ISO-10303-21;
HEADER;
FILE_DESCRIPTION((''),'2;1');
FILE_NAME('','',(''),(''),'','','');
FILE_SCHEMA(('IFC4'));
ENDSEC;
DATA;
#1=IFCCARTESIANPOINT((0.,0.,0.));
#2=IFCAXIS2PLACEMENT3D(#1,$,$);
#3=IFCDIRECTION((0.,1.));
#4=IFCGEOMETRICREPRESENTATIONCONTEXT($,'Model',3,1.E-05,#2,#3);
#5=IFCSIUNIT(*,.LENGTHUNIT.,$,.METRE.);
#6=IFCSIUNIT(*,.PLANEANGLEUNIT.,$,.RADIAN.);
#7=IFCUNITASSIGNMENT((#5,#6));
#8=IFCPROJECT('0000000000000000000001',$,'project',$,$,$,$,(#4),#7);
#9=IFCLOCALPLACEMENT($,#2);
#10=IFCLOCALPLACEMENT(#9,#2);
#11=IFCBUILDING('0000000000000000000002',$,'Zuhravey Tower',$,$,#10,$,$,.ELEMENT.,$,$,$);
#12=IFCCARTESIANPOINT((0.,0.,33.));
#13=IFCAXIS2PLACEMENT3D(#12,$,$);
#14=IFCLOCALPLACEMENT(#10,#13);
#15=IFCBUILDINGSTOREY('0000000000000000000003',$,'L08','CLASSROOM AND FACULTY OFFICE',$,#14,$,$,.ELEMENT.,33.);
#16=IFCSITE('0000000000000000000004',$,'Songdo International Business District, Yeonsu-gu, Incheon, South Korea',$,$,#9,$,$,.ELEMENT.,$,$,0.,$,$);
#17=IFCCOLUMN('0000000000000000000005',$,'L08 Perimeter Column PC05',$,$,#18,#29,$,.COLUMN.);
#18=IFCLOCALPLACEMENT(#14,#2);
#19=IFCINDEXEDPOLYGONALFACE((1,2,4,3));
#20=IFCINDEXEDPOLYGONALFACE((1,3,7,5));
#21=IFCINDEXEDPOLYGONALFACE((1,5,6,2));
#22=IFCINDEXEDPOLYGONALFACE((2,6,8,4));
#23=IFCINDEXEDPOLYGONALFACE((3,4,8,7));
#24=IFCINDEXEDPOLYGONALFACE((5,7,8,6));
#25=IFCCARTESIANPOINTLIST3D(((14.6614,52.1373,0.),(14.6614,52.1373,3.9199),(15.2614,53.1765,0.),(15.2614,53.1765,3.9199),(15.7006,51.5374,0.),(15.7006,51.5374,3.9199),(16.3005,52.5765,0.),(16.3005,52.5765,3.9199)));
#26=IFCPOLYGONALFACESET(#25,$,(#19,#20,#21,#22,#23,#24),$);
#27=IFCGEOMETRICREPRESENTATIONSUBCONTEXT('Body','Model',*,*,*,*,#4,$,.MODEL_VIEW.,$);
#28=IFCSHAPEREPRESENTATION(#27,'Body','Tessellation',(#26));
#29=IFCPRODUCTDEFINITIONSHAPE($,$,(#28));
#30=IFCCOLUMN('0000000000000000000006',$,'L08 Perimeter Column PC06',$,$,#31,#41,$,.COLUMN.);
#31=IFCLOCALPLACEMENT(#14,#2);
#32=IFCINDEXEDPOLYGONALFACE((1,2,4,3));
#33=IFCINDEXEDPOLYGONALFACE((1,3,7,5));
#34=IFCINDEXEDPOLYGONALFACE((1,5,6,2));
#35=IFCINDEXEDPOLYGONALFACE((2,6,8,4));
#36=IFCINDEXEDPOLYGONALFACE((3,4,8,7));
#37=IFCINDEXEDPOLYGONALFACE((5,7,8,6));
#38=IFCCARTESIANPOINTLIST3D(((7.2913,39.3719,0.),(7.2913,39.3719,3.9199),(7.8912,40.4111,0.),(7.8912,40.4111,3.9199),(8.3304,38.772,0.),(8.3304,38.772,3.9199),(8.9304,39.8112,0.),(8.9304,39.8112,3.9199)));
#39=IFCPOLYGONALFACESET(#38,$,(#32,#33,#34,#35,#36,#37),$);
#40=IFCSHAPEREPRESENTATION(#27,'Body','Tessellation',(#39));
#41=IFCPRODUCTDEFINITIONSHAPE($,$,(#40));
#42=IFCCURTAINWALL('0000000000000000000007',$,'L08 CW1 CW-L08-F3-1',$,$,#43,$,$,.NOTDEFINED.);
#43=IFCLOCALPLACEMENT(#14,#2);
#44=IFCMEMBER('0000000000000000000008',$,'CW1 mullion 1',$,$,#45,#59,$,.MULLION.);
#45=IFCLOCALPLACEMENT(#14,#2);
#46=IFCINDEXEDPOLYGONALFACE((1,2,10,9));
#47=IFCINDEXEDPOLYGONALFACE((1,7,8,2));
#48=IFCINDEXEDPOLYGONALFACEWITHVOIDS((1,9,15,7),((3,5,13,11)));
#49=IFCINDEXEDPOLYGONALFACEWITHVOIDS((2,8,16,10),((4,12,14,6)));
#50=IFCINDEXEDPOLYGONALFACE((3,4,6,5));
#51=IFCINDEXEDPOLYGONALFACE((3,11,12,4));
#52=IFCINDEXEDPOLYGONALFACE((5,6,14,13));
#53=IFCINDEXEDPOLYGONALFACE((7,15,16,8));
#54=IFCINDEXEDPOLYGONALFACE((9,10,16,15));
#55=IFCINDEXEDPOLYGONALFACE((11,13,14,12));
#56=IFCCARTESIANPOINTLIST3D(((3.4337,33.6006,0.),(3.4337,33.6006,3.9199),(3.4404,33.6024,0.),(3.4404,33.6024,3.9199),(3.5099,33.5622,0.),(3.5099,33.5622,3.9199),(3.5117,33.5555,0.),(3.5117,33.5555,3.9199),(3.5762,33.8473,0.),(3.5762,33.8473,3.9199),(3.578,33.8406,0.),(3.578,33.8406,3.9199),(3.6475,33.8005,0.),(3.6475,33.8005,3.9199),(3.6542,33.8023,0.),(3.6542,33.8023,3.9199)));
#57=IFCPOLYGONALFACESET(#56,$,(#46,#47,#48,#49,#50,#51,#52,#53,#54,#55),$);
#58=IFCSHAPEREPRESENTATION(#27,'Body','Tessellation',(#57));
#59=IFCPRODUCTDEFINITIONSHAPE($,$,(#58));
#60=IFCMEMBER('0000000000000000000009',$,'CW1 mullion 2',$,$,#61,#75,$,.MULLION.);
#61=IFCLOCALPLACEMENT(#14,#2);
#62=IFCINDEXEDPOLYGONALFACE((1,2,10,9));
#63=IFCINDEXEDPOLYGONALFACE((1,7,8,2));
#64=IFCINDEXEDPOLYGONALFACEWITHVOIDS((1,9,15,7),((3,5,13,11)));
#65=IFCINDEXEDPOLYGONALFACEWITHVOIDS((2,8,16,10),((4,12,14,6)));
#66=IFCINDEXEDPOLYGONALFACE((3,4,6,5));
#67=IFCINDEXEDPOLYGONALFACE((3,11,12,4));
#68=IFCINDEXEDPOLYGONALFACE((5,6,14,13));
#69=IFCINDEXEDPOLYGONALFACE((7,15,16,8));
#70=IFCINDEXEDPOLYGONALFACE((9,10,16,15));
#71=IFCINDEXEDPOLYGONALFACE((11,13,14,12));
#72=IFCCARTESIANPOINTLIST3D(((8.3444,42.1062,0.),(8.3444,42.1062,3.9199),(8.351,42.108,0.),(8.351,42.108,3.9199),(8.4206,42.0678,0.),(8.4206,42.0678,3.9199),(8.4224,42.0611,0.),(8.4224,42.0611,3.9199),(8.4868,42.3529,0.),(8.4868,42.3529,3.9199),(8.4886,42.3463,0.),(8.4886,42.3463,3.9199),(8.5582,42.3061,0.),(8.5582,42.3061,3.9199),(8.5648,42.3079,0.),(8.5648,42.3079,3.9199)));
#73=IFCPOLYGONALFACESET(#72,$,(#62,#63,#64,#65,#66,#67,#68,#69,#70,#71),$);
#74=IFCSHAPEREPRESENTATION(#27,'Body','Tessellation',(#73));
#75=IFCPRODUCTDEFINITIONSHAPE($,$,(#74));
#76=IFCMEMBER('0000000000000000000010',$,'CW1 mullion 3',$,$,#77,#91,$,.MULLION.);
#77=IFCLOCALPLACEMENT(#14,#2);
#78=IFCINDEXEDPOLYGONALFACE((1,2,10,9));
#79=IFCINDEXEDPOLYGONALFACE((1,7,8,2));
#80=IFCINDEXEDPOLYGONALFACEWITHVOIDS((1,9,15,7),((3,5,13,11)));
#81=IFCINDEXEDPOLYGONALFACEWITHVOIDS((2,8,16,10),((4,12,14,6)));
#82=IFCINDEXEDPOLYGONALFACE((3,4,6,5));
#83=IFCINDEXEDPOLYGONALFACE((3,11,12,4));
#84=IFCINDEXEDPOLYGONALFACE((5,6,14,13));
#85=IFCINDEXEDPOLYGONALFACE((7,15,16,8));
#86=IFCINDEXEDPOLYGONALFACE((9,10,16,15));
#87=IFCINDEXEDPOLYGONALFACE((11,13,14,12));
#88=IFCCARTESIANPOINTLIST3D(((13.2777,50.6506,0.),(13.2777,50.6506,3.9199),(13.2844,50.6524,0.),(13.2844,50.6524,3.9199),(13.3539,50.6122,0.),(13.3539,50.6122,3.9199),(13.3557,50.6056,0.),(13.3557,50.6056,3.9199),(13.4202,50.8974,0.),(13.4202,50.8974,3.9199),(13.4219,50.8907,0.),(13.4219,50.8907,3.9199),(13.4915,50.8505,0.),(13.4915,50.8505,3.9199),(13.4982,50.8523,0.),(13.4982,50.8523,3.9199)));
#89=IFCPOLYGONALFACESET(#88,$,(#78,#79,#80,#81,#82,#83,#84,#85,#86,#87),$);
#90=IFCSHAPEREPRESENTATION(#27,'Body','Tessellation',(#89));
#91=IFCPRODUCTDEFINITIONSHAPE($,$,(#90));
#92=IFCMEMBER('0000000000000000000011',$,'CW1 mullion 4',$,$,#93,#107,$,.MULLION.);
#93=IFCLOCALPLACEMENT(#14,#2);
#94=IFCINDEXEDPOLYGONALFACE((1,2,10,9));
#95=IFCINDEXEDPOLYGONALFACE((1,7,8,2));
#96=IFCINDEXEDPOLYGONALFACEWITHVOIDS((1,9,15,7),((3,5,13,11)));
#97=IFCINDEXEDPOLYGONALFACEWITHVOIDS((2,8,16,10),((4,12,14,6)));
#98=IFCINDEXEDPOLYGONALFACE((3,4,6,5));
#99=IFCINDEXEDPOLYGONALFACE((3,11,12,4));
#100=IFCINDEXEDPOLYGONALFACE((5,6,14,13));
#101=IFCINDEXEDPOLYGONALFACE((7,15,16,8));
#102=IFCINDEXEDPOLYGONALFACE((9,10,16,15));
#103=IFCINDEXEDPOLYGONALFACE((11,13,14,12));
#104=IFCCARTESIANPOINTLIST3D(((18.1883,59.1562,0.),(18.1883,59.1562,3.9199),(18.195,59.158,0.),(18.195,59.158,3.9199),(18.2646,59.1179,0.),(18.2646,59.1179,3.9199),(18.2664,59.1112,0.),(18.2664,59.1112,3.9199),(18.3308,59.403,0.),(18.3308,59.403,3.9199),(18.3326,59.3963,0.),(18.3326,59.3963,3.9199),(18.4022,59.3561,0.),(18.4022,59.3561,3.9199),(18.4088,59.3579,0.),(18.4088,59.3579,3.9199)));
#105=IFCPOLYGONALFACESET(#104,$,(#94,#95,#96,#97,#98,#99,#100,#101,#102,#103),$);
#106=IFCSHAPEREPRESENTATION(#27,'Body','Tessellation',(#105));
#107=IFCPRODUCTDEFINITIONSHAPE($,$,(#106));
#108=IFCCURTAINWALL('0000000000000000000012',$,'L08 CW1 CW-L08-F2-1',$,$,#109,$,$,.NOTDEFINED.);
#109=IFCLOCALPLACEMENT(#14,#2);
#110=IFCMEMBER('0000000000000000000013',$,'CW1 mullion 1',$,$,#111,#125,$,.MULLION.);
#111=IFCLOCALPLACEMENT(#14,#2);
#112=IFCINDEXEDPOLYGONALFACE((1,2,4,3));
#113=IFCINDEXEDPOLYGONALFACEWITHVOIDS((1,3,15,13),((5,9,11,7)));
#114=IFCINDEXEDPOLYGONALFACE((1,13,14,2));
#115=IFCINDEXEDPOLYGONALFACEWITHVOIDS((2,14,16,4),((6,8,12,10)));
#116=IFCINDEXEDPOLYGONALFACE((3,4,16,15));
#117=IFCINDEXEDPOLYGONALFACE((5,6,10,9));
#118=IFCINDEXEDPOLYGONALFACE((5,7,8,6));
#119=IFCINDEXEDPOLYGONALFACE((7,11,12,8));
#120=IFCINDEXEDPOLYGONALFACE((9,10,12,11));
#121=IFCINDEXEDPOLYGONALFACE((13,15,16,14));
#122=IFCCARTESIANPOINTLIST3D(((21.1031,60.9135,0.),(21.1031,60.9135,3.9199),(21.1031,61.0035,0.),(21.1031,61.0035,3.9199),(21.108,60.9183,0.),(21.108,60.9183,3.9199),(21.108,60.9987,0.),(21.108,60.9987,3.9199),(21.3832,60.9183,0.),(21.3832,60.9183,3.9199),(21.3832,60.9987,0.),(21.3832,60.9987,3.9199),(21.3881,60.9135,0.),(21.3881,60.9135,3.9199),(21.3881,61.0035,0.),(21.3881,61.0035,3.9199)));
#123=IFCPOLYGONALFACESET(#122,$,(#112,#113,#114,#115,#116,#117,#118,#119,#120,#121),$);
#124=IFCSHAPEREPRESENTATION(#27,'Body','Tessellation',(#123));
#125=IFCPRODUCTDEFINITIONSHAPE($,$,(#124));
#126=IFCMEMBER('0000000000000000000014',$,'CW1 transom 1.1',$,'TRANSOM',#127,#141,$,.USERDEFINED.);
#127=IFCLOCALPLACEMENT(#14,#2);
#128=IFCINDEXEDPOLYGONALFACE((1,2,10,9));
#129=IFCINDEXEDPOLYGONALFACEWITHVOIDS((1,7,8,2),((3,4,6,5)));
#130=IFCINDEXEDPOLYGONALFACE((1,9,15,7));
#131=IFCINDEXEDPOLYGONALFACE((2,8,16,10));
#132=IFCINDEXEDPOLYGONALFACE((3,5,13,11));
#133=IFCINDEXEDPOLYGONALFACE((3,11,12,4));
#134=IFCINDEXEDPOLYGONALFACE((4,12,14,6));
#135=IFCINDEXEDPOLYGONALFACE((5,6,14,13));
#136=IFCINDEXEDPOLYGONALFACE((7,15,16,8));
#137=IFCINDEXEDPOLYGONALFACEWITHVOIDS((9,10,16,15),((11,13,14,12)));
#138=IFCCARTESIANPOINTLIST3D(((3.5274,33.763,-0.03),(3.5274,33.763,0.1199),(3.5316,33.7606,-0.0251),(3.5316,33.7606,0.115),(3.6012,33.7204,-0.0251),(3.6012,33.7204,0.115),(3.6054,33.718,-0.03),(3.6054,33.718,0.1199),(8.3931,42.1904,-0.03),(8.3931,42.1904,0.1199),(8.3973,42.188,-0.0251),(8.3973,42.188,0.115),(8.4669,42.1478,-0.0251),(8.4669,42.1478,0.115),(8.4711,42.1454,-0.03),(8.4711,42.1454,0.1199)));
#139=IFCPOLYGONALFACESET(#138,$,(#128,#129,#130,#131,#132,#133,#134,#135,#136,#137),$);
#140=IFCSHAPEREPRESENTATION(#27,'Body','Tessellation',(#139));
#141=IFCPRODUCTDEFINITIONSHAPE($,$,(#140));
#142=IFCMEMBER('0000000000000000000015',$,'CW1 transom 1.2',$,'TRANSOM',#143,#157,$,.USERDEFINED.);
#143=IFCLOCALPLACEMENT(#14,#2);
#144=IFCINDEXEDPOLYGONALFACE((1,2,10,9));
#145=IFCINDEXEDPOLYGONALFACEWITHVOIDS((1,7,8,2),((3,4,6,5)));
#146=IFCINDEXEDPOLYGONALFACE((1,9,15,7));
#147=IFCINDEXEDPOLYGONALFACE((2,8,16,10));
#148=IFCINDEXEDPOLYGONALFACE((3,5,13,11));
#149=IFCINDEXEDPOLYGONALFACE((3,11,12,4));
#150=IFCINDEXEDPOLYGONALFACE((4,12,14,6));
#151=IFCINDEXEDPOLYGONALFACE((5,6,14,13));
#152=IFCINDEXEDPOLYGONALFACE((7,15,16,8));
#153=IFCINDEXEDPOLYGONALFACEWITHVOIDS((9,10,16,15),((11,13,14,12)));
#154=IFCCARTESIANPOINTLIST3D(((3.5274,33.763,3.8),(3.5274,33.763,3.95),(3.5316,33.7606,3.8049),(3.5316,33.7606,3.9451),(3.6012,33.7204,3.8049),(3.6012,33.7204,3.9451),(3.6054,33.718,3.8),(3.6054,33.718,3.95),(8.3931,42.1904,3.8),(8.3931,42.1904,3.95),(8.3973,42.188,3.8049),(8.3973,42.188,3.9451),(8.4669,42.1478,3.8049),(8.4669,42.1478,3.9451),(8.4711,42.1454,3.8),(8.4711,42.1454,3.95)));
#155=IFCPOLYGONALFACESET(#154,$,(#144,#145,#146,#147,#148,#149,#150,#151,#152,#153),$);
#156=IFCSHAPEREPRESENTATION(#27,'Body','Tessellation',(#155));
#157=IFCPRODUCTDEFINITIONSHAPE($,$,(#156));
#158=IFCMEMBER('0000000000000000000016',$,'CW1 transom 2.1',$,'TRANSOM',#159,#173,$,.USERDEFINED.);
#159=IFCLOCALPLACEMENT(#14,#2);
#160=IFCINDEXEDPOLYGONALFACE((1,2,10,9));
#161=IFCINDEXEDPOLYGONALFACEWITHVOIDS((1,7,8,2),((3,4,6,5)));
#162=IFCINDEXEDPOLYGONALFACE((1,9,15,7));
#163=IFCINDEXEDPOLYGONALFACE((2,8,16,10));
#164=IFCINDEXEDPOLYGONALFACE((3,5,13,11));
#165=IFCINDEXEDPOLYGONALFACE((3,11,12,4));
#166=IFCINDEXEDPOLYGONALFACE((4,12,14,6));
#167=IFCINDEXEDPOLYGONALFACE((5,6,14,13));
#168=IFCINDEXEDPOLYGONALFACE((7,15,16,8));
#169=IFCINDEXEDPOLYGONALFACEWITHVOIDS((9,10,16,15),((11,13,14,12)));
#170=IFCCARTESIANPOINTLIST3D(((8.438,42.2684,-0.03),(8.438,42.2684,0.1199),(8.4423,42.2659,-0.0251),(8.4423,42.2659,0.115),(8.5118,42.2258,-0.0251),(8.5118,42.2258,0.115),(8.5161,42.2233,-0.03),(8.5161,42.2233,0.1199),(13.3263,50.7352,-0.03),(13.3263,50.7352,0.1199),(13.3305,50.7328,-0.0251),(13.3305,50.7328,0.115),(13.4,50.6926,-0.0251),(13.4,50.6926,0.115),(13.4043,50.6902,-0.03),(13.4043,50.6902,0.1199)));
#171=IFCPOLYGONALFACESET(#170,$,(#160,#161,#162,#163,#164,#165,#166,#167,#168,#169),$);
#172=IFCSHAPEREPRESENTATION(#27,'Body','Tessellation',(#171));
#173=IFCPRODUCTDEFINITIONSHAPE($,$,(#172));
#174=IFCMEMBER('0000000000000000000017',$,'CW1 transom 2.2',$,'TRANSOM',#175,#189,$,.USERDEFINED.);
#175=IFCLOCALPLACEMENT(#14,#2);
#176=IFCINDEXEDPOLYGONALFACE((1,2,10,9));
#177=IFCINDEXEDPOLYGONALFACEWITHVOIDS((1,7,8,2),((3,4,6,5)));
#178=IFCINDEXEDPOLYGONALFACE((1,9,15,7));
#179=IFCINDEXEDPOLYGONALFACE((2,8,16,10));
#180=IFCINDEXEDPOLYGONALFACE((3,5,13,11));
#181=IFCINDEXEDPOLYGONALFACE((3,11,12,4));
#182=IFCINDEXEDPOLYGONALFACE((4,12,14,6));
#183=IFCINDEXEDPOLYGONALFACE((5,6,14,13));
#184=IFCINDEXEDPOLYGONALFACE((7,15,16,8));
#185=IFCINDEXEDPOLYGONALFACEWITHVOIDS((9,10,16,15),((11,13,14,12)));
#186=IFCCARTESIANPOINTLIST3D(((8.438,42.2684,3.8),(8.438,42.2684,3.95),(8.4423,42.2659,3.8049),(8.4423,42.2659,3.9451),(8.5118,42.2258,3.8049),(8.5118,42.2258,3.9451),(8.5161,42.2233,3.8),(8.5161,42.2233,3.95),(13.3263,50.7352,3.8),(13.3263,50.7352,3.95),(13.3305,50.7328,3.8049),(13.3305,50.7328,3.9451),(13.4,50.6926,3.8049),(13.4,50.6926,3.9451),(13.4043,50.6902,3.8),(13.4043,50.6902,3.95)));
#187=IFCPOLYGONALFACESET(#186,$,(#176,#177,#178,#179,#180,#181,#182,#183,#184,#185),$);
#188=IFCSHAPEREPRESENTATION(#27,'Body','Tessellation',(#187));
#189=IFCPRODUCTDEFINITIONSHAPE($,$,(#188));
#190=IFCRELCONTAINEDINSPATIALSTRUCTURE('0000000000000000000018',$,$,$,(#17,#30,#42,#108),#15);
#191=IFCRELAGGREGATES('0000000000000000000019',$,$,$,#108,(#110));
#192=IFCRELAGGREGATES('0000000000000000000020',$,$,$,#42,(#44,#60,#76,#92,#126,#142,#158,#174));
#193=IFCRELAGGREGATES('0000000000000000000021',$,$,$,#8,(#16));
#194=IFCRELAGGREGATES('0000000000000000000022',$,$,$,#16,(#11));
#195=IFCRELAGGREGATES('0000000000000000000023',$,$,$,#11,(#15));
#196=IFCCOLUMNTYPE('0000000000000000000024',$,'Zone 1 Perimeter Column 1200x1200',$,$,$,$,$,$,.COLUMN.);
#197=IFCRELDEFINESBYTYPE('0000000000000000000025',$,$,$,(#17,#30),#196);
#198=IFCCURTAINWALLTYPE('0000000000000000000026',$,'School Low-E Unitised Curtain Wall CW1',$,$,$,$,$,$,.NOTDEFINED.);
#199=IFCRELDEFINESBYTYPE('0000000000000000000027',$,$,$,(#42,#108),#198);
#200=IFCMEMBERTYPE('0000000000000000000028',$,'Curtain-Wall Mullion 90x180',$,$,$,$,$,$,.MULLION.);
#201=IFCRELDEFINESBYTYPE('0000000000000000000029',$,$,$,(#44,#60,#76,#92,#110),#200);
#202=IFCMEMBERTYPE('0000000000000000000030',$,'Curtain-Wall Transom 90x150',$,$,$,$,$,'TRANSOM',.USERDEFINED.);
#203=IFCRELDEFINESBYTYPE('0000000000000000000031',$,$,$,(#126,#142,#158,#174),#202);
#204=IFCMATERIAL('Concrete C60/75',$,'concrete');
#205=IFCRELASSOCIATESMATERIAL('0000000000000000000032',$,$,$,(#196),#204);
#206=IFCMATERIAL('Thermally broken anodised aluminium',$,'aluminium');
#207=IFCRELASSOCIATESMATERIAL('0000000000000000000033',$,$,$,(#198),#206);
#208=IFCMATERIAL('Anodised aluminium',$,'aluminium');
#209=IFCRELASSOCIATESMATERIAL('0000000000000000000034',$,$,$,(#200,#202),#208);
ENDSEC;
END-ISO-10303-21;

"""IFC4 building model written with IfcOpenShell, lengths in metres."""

from ifc_helpers import new_model, si_unit, direction, frame, origin, origin_2d, place, context, subcontext, project, spatial, rectangle, hollow_rectangle, extrude, material, material_profile, profile_set, type_object, element, aggregate, save


model = new_model("IFC4")

# Units and contexts
model_context = context("Model", 3, precision=1e-05, world=origin(), true_north=direction((0.0, 1.0)))
body_context = subcontext(model_context, "Body", "Model", "MODEL_VIEW")
ifc_project = project(units=[si_unit("LENGTHUNIT", "METRE"), si_unit("PLANEANGLEUNIT", "RADIAN")], contexts=[model_context])

# Site, building, storey
site_placement = place(None, origin())
site = spatial("IfcSite", under=ifc_project, at=site_placement, Name="Songdo International Business District, Yeonsu-gu, Incheon, South Korea", CompositionType="ELEMENT", RefElevation=0.0)
building_placement = place(site_placement, origin())
building = spatial("IfcBuilding", under=site, at=building_placement, Name="Zuhravey Tower", CompositionType="ELEMENT")
storey_placement = place(building_placement, frame((0.0, 0.0, 33.0)))
storey = spatial("IfcBuildingStorey", under=building, at=storey_placement, Name="L08", Description="CLASSROOM AND FACULTY OFFICE", CompositionType="ELEMENT", Elevation=33.0)

# Columns
ifc_material_1 = material(Name="Concrete C60/75", Category="concrete")
ifc_material_profile_1 = material_profile(ifc_material_1, rectangle(XDim=1.2, YDim=1.2, at=origin_2d()), Name="RC-1200x1200")
ifc_profile_set_1 = profile_set([ifc_material_profile_1], Name="Concrete C60/75")
column_type = type_object("IfcColumnType", Name="Zone 1 Perimeter Column 1200x1200", PredefinedType="COLUMN", material=ifc_profile_set_1)
for number, where, z_axis, x_axis, name in (
    (1, (15.481, 52.3569, 0.0), (0.0, 0.0, 1.0), (-0.5, -0.866025, 0.0), "L08 Perimeter Column PC05"),
    (2, (8.1108, 39.5916, 0.0), (0.0, 0.0, 1.0), (-0.5, -0.866025, 0.0), "L08 Perimeter Column PC06"),
):
    element("IfcColumn", number, at=place(storey_placement, frame(where, z_axis=z_axis, x_axis=x_axis)), inside=storey, type_object=column_type, Name=name, PredefinedType="COLUMN", context=body_context, shape_type="SweptSolid", body=[
        extrude(rectangle(XDim=1.2, YDim=1.2, at=origin_2d()), origin(), (0.0, 0.0, 1.0), 3.9199),
    ])

# Curtain wall, members
ifc_material_2 = material(Name="Thermally broken anodised aluminium", Category="aluminium")
curtain_wall_type = type_object("IfcCurtainWallType", Name="School Low-E Unitised Curtain Wall CW1", PredefinedType="NOTDEFINED", material=ifc_material_2)
curtain_wall_1_placement = place(storey_placement, origin())
curtain_wall_1 = element("IfcCurtainWall", 3, at=curtain_wall_1_placement, inside=storey, type_object=curtain_wall_type, Name="L08 CW1 CW-L08-F3-1", PredefinedType="NOTDEFINED")
ifc_material_3 = material(Name="Anodised aluminium", Category="aluminium")
ifc_material_profile_2 = material_profile(ifc_material_3, hollow_rectangle(XDim=0.0901, YDim=0.2849, WallThickness=0.0049, at=origin_2d()), Name="ALU-RHS-90x285x5")
ifc_profile_set_2 = profile_set([ifc_material_profile_2], Name="Anodised aluminium")
member_type_1 = type_object("IfcMemberType", Name="Curtain-Wall Mullion 90x180", PredefinedType="MULLION", material=ifc_profile_set_2)
member_1_placement = place(storey_placement, frame((3.5439, 33.7014, 0.0), z_axis=(0.0, 0.0, 1.0), x_axis=(-0.866026, 0.5, 0.0)))
member_1 = element("IfcMember", 4, at=member_1_placement, type_object=member_type_1, Name="CW1 mullion 1", PredefinedType="MULLION", context=body_context, shape_type="SweptSolid", body=[
    extrude(hollow_rectangle(XDim=0.0901, YDim=0.2849, WallThickness=0.0049, at=origin_2d()), origin(), (0.0, 0.0, 1.0), 3.9199),
])
member_2_placement = place(storey_placement, frame((8.4546, 42.207, 0.0), z_axis=(0.0, 0.0, 1.0), x_axis=(-0.866026, 0.5, 0.0)))
member_2 = element("IfcMember", 5, at=member_2_placement, type_object=member_type_1, Name="CW1 mullion 2", PredefinedType="MULLION", context=body_context, shape_type="SweptSolid", body=[
    extrude(hollow_rectangle(XDim=0.0901, YDim=0.2849, WallThickness=0.0049, at=origin_2d()), origin(), (0.0, 0.0, 1.0), 3.9199),
])
member_3_placement = place(storey_placement, frame((13.3879, 50.7515, 0.0), z_axis=(0.0, 0.0, 1.0), x_axis=(-0.866026, 0.5, 0.0)))
member_3 = element("IfcMember", 6, at=member_3_placement, type_object=member_type_1, Name="CW1 mullion 3", PredefinedType="MULLION", context=body_context, shape_type="SweptSolid", body=[
    extrude(hollow_rectangle(XDim=0.0901, YDim=0.2849, WallThickness=0.0049, at=origin_2d()), origin(), (0.0, 0.0, 1.0), 3.9199),
])
member_4_placement = place(storey_placement, frame((18.2986, 59.2571, 0.0), z_axis=(0.0, 0.0, 1.0), x_axis=(-0.866026, 0.5, 0.0)))
member_4 = element("IfcMember", 7, at=member_4_placement, type_object=member_type_1, Name="CW1 mullion 4", PredefinedType="MULLION", context=body_context, shape_type="SweptSolid", body=[
    extrude(hollow_rectangle(XDim=0.0901, YDim=0.2849, WallThickness=0.0049, at=origin_2d()), origin(), (0.0, 0.0, 1.0), 3.9199),
])

# Curtain wall, member
curtain_wall_2_placement = place(storey_placement, origin())
curtain_wall_2 = element("IfcCurtainWall", 8, at=curtain_wall_2_placement, inside=storey, type_object=curtain_wall_type, Name="L08 CW1 CW-L08-F2-1", PredefinedType="NOTDEFINED")
member_5_placement = place(storey_placement, frame((21.2456, 60.9585, 0.0), z_axis=(0.0, 0.0, 1.0), x_axis=(0.0, 1.0, 0.0)))
member_5 = element("IfcMember", 9, at=member_5_placement, type_object=member_type_1, Name="CW1 mullion 1", PredefinedType="MULLION", context=body_context, shape_type="SweptSolid", body=[
    extrude(hollow_rectangle(XDim=0.0901, YDim=0.2849, WallThickness=0.0049, at=origin_2d()), origin(), (0.0, 0.0, 1.0), 3.9199),
])

# Members
ifc_material_profile_3 = material_profile(ifc_material_3, hollow_rectangle(XDim=0.0901, YDim=0.1499, WallThickness=0.0049, at=origin_2d()), Name="ALU-RHS-90x150x5")
ifc_profile_set_3 = profile_set([ifc_material_profile_3], Name="Anodised aluminium")
member_type_2 = type_object("IfcMemberType", Name="Curtain-Wall Transom 90x150", ElementType="TRANSOM", PredefinedType="USERDEFINED", material=ifc_profile_set_3)
member_6_placement = place(storey_placement, frame((3.5664, 33.7405, 0.0449), z_axis=(0.500008, 0.866021, 0.0), x_axis=(-0.866021, 0.500008, 0.0)))
member_6 = element("IfcMember", 10, at=member_6_placement, type_object=member_type_2, Name="CW1 transom 1.1", ObjectType="TRANSOM", PredefinedType="USERDEFINED", context=body_context, shape_type="SweptSolid", body=[
    extrude(hollow_rectangle(XDim=0.0901, YDim=0.1499, WallThickness=0.0049, at=origin_2d()), origin(), (0.0, 0.0, 1.0), 9.7312),
])
member_7_placement = place(storey_placement, frame((3.5664, 33.7405, 3.875), z_axis=(0.500008, 0.866021, 0.0), x_axis=(-0.866021, 0.500008, 0.0)))
member_7 = element("IfcMember", 11, at=member_7_placement, type_object=member_type_2, Name="CW1 transom 1.2", ObjectType="TRANSOM", PredefinedType="USERDEFINED", context=body_context, shape_type="SweptSolid", body=[
    extrude(hollow_rectangle(XDim=0.0901, YDim=0.1499, WallThickness=0.0049, at=origin_2d()), origin(), (0.0, 0.0, 1.0), 9.7312),
])
member_8_placement = place(storey_placement, frame((8.4771, 42.2458, 0.0449), z_axis=(0.49999, 0.866031, 0.0), x_axis=(-0.866031, 0.49999, 0.0)))
member_8 = element("IfcMember", 12, at=member_8_placement, type_object=member_type_2, Name="CW1 transom 2.1", ObjectType="TRANSOM", PredefinedType="USERDEFINED", context=body_context, shape_type="SweptSolid", body=[
    extrude(hollow_rectangle(XDim=0.0901, YDim=0.1499, WallThickness=0.0049, at=origin_2d()), origin(), (0.0, 0.0, 1.0), 9.7766),
])
member_9_placement = place(storey_placement, frame((8.4771, 42.2458, 3.875), z_axis=(0.49999, 0.866031, 0.0), x_axis=(-0.866031, 0.49999, 0.0)))
member_9 = element("IfcMember", 13, at=member_9_placement, type_object=member_type_2, Name="CW1 transom 2.2", ObjectType="TRANSOM", PredefinedType="USERDEFINED", context=body_context, shape_type="SweptSolid", body=[
    extrude(hollow_rectangle(XDim=0.0901, YDim=0.1499, WallThickness=0.0049, at=origin_2d()), origin(), (0.0, 0.0, 1.0), 9.7766),
])
aggregate(curtain_wall_2, [member_5])

aggregate(curtain_wall_1, [member_1, member_2, member_3, member_4, member_6, member_7, member_8, member_9])

save(model, "model.ifc")
